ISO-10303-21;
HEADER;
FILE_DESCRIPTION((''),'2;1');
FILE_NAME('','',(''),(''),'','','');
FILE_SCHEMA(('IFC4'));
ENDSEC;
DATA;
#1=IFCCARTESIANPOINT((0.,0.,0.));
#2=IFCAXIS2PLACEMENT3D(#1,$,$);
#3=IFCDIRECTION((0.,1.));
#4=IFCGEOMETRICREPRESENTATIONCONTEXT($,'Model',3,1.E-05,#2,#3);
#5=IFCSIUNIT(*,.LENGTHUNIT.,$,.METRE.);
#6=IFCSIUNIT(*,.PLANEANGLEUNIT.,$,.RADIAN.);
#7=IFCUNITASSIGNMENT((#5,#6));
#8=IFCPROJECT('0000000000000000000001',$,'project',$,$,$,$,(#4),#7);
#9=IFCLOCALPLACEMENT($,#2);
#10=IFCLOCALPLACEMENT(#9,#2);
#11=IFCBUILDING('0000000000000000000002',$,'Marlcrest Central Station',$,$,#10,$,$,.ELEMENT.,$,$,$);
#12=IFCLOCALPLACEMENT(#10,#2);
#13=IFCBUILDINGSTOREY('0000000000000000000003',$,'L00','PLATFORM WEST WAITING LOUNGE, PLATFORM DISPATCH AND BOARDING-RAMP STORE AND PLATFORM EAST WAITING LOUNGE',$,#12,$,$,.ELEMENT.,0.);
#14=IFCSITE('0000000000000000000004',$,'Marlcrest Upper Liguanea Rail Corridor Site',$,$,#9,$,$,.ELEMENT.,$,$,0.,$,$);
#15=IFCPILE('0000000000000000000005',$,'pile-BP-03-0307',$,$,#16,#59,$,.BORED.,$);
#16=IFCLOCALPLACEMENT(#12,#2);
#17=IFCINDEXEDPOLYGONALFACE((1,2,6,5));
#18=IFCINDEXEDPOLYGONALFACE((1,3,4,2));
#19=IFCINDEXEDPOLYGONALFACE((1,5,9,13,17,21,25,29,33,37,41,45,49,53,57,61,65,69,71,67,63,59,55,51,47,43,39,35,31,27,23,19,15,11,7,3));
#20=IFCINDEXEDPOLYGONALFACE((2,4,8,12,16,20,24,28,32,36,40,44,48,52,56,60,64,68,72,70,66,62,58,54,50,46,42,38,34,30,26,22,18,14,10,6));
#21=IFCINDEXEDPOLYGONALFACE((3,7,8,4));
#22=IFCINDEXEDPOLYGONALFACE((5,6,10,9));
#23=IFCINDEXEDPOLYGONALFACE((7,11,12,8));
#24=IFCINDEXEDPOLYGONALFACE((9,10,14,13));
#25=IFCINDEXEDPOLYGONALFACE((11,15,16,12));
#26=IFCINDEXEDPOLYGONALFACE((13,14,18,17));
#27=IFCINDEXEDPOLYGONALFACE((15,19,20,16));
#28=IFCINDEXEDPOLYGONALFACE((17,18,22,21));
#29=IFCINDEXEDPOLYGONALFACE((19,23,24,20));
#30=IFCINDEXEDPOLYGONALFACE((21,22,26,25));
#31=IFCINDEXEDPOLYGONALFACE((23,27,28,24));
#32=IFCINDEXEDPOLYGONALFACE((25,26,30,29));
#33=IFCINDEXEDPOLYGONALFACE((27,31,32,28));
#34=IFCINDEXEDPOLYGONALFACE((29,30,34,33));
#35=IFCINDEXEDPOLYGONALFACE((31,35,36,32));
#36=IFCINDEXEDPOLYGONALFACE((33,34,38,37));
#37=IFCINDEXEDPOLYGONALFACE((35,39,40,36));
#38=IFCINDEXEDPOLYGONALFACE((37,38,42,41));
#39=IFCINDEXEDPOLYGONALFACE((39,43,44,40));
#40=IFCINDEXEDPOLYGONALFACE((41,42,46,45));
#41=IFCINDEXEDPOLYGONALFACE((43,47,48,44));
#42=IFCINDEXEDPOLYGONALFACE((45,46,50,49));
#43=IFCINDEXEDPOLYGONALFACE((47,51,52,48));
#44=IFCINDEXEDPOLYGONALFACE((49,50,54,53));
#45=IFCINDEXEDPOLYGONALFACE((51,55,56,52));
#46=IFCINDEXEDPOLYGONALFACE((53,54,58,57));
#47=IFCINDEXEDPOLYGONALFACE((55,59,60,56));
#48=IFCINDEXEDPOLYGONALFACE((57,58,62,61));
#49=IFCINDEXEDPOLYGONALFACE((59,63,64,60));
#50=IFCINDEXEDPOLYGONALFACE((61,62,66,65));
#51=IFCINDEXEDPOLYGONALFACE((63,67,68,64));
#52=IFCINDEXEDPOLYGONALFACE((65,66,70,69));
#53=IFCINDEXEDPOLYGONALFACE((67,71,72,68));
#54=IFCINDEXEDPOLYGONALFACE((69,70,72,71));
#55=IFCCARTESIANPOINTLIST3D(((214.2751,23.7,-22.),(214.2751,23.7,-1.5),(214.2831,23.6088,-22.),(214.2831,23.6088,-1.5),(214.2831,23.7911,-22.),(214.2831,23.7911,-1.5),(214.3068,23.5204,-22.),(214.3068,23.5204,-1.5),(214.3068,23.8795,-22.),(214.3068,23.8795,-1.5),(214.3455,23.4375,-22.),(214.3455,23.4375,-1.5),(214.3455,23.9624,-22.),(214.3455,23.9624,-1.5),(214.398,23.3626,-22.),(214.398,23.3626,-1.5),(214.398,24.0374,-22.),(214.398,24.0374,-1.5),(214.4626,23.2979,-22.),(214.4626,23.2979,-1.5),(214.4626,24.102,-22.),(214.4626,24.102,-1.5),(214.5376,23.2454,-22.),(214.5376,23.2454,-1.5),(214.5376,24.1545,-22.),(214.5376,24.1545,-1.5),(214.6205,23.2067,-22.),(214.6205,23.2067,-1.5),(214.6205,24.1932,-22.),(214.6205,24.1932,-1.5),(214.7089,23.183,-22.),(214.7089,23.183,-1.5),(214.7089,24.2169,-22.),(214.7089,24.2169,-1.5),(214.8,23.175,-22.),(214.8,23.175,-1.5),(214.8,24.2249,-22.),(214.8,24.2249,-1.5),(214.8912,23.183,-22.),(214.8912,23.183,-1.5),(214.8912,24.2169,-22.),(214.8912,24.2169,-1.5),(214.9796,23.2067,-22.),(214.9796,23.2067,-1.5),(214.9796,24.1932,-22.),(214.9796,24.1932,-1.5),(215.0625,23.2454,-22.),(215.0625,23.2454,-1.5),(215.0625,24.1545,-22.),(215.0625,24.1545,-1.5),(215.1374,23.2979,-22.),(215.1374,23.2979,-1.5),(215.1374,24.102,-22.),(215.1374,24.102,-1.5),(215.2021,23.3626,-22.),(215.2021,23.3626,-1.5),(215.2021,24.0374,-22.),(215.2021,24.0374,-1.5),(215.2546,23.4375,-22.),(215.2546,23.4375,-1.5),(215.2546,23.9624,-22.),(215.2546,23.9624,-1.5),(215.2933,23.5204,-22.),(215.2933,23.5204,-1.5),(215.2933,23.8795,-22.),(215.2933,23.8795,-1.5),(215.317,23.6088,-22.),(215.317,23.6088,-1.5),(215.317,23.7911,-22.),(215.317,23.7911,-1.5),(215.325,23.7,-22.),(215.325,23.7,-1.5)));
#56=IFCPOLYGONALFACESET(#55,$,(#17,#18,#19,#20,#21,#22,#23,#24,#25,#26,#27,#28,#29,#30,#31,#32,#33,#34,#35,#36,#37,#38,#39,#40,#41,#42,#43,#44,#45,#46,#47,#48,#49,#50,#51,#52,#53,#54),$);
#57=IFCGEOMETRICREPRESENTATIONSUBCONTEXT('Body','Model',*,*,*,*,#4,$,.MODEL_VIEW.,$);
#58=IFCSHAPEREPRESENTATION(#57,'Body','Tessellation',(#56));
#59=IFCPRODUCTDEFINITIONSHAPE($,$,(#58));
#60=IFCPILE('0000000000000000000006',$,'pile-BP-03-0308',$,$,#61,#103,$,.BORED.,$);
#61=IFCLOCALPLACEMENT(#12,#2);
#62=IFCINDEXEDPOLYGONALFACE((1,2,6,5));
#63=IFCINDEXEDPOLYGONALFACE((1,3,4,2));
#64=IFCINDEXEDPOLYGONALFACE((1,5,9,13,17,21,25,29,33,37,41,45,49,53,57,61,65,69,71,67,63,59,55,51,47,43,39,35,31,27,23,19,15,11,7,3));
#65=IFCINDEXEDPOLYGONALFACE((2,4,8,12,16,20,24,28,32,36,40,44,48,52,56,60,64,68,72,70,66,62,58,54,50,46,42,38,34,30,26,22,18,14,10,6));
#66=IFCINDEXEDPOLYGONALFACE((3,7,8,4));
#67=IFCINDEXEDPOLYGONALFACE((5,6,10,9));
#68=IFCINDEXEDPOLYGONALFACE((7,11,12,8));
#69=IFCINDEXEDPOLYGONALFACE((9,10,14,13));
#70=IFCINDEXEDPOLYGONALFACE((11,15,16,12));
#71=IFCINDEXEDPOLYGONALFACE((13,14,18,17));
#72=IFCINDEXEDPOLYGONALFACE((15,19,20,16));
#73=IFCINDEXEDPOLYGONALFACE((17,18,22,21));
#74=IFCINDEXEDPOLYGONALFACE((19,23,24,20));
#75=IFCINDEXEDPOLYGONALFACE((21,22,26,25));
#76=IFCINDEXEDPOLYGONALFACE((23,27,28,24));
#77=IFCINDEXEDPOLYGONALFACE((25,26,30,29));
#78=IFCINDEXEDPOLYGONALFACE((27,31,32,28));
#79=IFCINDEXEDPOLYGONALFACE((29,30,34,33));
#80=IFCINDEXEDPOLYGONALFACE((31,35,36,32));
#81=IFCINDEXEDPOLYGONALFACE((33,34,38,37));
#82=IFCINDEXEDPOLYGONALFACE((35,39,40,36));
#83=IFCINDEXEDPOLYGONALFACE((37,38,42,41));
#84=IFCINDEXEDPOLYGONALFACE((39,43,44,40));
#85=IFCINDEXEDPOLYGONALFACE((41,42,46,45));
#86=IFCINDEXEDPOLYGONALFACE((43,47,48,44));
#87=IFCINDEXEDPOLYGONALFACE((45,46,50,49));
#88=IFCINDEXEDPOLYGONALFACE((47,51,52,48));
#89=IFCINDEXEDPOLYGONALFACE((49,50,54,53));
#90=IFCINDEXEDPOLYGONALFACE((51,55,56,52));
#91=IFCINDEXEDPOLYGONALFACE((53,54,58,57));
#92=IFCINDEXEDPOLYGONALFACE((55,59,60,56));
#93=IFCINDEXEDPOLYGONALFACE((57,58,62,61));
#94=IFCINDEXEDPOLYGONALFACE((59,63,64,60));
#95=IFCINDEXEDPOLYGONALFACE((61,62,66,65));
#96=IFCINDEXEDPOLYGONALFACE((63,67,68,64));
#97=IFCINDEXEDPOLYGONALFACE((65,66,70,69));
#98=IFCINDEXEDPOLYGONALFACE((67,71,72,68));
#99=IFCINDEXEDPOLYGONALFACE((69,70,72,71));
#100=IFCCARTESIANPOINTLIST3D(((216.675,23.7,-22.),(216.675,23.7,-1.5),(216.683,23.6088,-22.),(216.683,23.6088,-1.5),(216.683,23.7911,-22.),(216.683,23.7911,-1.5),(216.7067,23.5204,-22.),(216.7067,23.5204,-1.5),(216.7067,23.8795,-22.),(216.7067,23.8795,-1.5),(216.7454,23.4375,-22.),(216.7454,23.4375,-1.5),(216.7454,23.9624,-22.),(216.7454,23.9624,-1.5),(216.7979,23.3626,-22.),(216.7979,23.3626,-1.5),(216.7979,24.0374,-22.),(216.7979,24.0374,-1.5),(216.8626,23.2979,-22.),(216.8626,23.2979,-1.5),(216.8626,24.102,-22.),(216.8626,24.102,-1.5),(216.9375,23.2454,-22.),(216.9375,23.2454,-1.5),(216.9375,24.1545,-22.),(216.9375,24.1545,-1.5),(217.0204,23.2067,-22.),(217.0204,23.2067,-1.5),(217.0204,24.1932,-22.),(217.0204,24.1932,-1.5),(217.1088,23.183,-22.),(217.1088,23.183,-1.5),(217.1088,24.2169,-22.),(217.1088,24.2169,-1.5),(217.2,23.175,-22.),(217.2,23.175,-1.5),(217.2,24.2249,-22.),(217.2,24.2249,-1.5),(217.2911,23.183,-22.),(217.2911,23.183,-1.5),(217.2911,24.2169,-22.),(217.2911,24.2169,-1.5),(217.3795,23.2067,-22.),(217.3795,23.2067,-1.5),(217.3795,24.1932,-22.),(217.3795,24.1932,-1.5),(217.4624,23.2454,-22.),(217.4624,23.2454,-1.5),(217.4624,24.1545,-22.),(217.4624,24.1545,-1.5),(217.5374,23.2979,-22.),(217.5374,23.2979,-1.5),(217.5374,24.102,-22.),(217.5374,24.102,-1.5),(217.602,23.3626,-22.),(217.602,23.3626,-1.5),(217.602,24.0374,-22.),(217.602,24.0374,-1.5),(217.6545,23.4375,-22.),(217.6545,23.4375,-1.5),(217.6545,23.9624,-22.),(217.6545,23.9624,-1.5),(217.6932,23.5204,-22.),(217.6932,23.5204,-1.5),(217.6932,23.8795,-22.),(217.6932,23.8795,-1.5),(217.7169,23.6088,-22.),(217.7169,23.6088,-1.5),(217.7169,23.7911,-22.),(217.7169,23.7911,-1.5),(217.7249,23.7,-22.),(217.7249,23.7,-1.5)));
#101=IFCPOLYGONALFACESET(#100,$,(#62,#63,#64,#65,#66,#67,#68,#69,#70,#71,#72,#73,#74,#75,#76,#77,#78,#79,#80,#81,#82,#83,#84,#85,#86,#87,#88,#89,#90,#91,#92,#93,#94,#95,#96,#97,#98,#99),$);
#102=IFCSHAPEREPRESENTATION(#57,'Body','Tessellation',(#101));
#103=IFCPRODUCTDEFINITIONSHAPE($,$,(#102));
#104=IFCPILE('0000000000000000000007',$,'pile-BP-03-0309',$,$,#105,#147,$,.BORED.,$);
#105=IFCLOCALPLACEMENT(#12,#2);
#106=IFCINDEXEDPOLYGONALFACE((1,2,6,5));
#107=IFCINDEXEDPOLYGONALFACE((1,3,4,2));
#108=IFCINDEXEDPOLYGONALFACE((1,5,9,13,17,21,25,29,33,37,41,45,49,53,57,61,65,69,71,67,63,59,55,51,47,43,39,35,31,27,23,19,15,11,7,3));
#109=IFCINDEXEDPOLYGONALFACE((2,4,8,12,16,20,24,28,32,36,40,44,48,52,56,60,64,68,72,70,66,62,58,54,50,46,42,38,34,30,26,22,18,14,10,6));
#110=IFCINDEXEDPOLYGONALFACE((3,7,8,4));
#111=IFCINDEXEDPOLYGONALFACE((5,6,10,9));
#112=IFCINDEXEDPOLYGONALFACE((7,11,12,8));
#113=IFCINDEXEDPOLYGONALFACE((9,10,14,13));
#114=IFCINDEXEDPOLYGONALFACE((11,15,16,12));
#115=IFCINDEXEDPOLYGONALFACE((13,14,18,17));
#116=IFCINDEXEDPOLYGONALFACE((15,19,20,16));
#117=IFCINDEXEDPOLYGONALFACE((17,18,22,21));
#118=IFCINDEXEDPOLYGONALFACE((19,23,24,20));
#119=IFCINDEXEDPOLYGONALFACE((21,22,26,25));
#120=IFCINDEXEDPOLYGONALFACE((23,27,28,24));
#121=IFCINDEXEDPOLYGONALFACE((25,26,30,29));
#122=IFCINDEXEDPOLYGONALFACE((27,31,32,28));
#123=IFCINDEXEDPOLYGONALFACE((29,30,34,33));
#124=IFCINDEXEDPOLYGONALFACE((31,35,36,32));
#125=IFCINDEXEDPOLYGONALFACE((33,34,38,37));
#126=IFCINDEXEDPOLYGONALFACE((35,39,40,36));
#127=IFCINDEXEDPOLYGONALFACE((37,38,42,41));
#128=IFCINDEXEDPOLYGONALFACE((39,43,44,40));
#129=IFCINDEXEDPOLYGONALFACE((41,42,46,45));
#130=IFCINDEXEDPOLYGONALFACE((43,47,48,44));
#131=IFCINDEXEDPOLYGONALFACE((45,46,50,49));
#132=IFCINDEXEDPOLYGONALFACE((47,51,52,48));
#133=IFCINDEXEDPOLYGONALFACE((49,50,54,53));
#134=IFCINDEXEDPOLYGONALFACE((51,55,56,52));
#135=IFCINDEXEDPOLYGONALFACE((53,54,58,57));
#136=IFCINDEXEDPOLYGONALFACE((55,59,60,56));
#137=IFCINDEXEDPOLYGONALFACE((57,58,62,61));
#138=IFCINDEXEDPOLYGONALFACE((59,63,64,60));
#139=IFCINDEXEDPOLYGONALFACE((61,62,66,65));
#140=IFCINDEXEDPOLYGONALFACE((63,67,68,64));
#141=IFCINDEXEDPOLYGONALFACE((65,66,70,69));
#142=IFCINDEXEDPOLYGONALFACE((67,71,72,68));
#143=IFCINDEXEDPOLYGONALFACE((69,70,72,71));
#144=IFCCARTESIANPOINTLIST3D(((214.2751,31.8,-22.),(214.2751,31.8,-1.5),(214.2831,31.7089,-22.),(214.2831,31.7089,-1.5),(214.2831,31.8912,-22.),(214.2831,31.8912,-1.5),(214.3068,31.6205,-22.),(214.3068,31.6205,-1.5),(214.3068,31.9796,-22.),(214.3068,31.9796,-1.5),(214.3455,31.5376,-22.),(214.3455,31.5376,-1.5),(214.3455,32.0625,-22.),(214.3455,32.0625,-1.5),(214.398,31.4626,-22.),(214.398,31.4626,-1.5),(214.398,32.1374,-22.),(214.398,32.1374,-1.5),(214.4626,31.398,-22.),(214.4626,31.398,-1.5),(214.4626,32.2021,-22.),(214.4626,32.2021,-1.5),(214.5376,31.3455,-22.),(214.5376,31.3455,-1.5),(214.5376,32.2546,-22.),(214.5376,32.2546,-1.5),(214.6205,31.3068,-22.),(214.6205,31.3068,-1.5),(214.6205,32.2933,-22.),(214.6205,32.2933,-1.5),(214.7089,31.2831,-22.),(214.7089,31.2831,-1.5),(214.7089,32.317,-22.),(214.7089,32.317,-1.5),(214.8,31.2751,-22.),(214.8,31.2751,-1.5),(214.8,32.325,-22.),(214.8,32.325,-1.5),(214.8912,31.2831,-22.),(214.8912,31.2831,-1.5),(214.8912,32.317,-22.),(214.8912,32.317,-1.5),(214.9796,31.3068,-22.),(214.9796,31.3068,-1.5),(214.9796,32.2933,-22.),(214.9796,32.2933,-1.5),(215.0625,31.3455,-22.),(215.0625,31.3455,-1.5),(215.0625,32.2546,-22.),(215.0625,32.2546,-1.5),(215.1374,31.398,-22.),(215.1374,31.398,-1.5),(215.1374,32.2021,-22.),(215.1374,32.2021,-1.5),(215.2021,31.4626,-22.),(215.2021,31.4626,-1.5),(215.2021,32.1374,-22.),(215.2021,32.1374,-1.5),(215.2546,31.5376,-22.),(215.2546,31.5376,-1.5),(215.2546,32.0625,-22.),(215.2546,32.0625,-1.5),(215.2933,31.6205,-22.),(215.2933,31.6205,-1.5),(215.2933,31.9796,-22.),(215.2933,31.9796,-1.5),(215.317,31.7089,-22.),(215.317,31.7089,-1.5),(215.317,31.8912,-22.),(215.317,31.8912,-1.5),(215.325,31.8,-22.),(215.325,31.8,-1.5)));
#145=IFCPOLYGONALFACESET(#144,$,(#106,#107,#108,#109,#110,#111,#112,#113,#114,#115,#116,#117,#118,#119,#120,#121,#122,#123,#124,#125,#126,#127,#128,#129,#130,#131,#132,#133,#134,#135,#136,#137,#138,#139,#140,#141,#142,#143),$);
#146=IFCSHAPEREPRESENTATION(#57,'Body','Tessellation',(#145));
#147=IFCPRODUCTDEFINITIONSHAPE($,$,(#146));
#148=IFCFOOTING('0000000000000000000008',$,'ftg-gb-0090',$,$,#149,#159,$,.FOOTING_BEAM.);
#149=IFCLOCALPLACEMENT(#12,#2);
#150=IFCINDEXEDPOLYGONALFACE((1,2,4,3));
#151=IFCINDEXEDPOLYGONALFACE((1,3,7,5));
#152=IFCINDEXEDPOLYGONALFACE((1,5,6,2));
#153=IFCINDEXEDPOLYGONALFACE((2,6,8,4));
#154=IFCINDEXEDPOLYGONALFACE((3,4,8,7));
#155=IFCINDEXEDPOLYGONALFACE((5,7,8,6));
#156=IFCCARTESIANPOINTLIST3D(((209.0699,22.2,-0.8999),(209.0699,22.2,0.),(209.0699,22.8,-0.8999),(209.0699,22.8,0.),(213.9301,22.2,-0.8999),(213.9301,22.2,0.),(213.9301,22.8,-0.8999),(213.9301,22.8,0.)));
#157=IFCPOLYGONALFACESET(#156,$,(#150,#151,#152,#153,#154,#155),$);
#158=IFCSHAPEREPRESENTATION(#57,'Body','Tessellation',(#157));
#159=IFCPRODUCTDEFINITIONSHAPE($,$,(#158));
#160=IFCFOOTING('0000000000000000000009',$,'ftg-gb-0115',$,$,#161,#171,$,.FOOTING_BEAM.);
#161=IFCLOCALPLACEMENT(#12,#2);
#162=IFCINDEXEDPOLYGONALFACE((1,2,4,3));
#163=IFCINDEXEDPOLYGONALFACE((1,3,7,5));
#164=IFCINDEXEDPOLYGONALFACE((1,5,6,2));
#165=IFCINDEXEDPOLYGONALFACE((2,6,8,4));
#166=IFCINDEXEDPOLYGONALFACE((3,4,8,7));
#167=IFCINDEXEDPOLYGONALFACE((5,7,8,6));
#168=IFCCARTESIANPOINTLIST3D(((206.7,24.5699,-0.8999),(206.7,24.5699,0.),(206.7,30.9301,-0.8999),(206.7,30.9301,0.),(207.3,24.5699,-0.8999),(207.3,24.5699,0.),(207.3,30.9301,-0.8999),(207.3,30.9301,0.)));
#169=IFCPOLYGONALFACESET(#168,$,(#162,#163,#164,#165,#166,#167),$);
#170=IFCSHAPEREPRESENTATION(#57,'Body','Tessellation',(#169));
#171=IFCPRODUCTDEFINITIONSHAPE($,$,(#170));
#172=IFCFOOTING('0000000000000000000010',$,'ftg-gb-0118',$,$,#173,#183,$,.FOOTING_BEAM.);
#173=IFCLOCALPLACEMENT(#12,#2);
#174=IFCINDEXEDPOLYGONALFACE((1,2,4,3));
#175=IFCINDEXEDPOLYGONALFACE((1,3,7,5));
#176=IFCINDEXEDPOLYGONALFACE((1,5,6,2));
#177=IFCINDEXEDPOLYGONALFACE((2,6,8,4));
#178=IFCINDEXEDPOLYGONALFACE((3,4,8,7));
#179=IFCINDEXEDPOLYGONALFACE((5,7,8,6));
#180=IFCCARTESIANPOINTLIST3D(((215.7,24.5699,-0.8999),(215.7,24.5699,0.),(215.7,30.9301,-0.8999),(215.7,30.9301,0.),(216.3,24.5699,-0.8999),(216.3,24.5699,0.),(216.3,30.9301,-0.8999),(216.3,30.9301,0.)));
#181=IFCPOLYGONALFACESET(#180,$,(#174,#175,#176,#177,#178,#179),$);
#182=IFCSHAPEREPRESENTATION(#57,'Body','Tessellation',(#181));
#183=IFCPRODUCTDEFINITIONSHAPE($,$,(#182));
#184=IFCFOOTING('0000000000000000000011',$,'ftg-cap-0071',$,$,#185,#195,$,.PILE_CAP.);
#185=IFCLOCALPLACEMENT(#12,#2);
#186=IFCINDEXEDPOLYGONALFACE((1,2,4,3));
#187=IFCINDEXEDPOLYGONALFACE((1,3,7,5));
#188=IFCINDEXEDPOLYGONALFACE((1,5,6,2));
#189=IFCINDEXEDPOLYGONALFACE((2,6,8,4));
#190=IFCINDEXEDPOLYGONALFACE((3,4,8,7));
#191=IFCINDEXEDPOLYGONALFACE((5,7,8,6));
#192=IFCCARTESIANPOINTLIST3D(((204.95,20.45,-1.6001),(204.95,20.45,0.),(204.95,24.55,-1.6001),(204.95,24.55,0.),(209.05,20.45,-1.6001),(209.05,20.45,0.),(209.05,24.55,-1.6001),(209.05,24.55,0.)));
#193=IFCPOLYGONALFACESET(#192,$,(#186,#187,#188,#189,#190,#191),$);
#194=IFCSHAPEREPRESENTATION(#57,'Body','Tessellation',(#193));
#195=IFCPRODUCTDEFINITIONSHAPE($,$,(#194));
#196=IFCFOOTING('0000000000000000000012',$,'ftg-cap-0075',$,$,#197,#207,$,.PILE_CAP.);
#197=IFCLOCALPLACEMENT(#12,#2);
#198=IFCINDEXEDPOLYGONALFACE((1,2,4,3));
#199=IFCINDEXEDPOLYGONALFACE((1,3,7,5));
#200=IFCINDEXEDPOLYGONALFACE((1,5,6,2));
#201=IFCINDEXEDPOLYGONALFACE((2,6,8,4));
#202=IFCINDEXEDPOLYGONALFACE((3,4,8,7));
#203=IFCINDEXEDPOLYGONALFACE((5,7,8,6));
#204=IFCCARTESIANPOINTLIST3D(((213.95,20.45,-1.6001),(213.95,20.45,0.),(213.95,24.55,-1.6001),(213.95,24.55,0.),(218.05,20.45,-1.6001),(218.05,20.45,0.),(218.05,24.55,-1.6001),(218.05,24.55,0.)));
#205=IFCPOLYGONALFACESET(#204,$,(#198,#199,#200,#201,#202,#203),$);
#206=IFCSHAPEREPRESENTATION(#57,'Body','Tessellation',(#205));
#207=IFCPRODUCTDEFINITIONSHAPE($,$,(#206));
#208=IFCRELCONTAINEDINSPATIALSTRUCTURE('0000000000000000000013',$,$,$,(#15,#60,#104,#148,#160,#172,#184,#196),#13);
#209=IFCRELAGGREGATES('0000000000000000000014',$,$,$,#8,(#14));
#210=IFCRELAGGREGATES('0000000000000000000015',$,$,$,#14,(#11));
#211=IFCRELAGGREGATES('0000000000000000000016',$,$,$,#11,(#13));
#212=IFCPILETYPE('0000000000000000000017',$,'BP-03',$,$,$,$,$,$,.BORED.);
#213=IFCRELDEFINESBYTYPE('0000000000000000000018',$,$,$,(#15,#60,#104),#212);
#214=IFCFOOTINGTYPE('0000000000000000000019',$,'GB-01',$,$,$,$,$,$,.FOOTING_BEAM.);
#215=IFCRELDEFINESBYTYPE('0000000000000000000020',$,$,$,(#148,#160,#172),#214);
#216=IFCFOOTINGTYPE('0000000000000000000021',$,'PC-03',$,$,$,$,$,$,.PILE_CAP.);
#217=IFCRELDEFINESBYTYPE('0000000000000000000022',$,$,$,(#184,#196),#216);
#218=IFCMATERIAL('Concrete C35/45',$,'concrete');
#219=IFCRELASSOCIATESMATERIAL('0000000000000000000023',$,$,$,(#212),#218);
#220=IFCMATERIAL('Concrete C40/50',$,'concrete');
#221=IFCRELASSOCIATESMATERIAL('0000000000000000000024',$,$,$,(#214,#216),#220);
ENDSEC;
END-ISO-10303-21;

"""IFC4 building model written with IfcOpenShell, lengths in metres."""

from ifc_helpers import new_model, si_unit, direction, frame, origin, origin_2d, place, context, subcontext, project, spatial, rectangle, circle, extrude, material, material_profile, profile_set, type_object, element, save


model = new_model("IFC4")

# Units and contexts
model_context = context("Model", 3, precision=1e-05, world=origin(), true_north=direction((0.0, 1.0)))
body_context = subcontext(model_context, "Body", "Model", "MODEL_VIEW")
ifc_project = project(units=[si_unit("LENGTHUNIT", "METRE"), si_unit("PLANEANGLEUNIT", "RADIAN")], contexts=[model_context])

# Site, building, storey
site_placement = place(None, origin())
site = spatial("IfcSite", under=ifc_project, at=site_placement, Name="Marlcrest Upper Liguanea Rail Corridor Site", CompositionType="ELEMENT", RefElevation=0.0)
building_placement = place(site_placement, origin())
building = spatial("IfcBuilding", under=site, at=building_placement, Name="Marlcrest Central Station", CompositionType="ELEMENT")
storey_placement = place(building_placement, origin())
storey = spatial("IfcBuildingStorey", under=building, at=storey_placement, Name="L00", Description="PLATFORM WEST WAITING LOUNGE, PLATFORM DISPATCH AND BOARDING-RAMP STORE AND PLATFORM EAST WAITING LOUNGE", CompositionType="ELEMENT", Elevation=0.0)

# Piles
ifc_material_1 = material(Name="Concrete C35/45", Category="concrete")
ifc_material_profile_1 = material_profile(ifc_material_1, circle(Radius=0.5249, at=origin_2d()), Name="PILE D1050")
ifc_profile_set_1 = profile_set([ifc_material_profile_1], Name="Concrete C35/45")
pile_type = type_object("IfcPileType", Name="BP-03", PredefinedType="BORED", material=ifc_profile_set_1)
for number, where, z_axis, x_axis, name in (
    (1, (214.8, 23.7, -1.5), (0.0, 0.0, -1.0), (1.0, 0.0, 0.0), "pile-BP-03-0307"),
    (2, (217.2, 23.7, -1.5), (0.0, 0.0, -1.0), (1.0, 0.0, 0.0), "pile-BP-03-0308"),
    (3, (214.8, 31.8, -1.5), (0.0, 0.0, -1.0), (1.0, 0.0, 0.0), "pile-BP-03-0309"),
):
    element("IfcPile", number, at=place(storey_placement, frame(where, z_axis=z_axis, x_axis=x_axis)), inside=storey, type_object=pile_type, Name=name, PredefinedType="BORED", context=body_context, shape_type="SweptSolid", body=[
        extrude(circle(Radius=0.5249, at=origin_2d()), origin(), (0.0, 0.0, 1.0), 20.5),
    ])

# Footings
ifc_material_2 = material(Name="Concrete C40/50", Category="concrete")
footing_type_1 = type_object("IfcFootingType", Name="GB-01", PredefinedType="FOOTING_BEAM", material=ifc_material_2)
footing_placement = place(storey_placement, frame((211.5, 22.5, -0.8999), z_axis=(0.0, 0.0, 1.0), x_axis=(1.0, 0.0, 0.0)))
element("IfcFooting", 4, at=footing_placement, inside=storey, type_object=footing_type_1, Name="ftg-gb-0090", PredefinedType="FOOTING_BEAM", context=body_context, shape_type="SweptSolid", body=[
    extrude(rectangle(XDim=4.8601, YDim=0.6001, at=origin_2d()), origin(), (0.0, 0.0, 1.0), 0.8999),
])
for number, where, z_axis, x_axis, name in (
    (5, (207.0, 27.75, -0.8999), (0.0, 0.0, 1.0), (1.0, 0.0, 0.0), "ftg-gb-0115"),
    (6, (216.0, 27.75, -0.8999), (0.0, 0.0, 1.0), (1.0, 0.0, 0.0), "ftg-gb-0118"),
):
    element("IfcFooting", number, at=place(storey_placement, frame(where, z_axis=z_axis, x_axis=x_axis)), inside=storey, type_object=footing_type_1, Name=name, PredefinedType="FOOTING_BEAM", context=body_context, shape_type="SweptSolid", body=[
        extrude(rectangle(XDim=0.6001, YDim=6.3601, at=origin_2d()), origin(), (0.0, 0.0, 1.0), 0.8999),
    ])
footing_type_2 = type_object("IfcFootingType", Name="PC-03", PredefinedType="PILE_CAP", material=ifc_material_2)
for number, where, z_axis, x_axis, name in (
    (7, (207.0, 22.5, -1.6001), (0.0, 0.0, 1.0), (1.0, 0.0, 0.0), "ftg-cap-0071"),
    (8, (216.0, 22.5, -1.6001), (0.0, 0.0, 1.0), (1.0, 0.0, 0.0), "ftg-cap-0075"),
):
    element("IfcFooting", number, at=place(storey_placement, frame(where, z_axis=z_axis, x_axis=x_axis)), inside=storey, type_object=footing_type_2, Name=name, PredefinedType="PILE_CAP", context=body_context, shape_type="SweptSolid", body=[
        extrude(rectangle(XDim=4.1001, YDim=4.1001, at=origin_2d()), origin(), (0.0, 0.0, 1.0), 1.6001),
    ])

save(model, "model.ifc")
